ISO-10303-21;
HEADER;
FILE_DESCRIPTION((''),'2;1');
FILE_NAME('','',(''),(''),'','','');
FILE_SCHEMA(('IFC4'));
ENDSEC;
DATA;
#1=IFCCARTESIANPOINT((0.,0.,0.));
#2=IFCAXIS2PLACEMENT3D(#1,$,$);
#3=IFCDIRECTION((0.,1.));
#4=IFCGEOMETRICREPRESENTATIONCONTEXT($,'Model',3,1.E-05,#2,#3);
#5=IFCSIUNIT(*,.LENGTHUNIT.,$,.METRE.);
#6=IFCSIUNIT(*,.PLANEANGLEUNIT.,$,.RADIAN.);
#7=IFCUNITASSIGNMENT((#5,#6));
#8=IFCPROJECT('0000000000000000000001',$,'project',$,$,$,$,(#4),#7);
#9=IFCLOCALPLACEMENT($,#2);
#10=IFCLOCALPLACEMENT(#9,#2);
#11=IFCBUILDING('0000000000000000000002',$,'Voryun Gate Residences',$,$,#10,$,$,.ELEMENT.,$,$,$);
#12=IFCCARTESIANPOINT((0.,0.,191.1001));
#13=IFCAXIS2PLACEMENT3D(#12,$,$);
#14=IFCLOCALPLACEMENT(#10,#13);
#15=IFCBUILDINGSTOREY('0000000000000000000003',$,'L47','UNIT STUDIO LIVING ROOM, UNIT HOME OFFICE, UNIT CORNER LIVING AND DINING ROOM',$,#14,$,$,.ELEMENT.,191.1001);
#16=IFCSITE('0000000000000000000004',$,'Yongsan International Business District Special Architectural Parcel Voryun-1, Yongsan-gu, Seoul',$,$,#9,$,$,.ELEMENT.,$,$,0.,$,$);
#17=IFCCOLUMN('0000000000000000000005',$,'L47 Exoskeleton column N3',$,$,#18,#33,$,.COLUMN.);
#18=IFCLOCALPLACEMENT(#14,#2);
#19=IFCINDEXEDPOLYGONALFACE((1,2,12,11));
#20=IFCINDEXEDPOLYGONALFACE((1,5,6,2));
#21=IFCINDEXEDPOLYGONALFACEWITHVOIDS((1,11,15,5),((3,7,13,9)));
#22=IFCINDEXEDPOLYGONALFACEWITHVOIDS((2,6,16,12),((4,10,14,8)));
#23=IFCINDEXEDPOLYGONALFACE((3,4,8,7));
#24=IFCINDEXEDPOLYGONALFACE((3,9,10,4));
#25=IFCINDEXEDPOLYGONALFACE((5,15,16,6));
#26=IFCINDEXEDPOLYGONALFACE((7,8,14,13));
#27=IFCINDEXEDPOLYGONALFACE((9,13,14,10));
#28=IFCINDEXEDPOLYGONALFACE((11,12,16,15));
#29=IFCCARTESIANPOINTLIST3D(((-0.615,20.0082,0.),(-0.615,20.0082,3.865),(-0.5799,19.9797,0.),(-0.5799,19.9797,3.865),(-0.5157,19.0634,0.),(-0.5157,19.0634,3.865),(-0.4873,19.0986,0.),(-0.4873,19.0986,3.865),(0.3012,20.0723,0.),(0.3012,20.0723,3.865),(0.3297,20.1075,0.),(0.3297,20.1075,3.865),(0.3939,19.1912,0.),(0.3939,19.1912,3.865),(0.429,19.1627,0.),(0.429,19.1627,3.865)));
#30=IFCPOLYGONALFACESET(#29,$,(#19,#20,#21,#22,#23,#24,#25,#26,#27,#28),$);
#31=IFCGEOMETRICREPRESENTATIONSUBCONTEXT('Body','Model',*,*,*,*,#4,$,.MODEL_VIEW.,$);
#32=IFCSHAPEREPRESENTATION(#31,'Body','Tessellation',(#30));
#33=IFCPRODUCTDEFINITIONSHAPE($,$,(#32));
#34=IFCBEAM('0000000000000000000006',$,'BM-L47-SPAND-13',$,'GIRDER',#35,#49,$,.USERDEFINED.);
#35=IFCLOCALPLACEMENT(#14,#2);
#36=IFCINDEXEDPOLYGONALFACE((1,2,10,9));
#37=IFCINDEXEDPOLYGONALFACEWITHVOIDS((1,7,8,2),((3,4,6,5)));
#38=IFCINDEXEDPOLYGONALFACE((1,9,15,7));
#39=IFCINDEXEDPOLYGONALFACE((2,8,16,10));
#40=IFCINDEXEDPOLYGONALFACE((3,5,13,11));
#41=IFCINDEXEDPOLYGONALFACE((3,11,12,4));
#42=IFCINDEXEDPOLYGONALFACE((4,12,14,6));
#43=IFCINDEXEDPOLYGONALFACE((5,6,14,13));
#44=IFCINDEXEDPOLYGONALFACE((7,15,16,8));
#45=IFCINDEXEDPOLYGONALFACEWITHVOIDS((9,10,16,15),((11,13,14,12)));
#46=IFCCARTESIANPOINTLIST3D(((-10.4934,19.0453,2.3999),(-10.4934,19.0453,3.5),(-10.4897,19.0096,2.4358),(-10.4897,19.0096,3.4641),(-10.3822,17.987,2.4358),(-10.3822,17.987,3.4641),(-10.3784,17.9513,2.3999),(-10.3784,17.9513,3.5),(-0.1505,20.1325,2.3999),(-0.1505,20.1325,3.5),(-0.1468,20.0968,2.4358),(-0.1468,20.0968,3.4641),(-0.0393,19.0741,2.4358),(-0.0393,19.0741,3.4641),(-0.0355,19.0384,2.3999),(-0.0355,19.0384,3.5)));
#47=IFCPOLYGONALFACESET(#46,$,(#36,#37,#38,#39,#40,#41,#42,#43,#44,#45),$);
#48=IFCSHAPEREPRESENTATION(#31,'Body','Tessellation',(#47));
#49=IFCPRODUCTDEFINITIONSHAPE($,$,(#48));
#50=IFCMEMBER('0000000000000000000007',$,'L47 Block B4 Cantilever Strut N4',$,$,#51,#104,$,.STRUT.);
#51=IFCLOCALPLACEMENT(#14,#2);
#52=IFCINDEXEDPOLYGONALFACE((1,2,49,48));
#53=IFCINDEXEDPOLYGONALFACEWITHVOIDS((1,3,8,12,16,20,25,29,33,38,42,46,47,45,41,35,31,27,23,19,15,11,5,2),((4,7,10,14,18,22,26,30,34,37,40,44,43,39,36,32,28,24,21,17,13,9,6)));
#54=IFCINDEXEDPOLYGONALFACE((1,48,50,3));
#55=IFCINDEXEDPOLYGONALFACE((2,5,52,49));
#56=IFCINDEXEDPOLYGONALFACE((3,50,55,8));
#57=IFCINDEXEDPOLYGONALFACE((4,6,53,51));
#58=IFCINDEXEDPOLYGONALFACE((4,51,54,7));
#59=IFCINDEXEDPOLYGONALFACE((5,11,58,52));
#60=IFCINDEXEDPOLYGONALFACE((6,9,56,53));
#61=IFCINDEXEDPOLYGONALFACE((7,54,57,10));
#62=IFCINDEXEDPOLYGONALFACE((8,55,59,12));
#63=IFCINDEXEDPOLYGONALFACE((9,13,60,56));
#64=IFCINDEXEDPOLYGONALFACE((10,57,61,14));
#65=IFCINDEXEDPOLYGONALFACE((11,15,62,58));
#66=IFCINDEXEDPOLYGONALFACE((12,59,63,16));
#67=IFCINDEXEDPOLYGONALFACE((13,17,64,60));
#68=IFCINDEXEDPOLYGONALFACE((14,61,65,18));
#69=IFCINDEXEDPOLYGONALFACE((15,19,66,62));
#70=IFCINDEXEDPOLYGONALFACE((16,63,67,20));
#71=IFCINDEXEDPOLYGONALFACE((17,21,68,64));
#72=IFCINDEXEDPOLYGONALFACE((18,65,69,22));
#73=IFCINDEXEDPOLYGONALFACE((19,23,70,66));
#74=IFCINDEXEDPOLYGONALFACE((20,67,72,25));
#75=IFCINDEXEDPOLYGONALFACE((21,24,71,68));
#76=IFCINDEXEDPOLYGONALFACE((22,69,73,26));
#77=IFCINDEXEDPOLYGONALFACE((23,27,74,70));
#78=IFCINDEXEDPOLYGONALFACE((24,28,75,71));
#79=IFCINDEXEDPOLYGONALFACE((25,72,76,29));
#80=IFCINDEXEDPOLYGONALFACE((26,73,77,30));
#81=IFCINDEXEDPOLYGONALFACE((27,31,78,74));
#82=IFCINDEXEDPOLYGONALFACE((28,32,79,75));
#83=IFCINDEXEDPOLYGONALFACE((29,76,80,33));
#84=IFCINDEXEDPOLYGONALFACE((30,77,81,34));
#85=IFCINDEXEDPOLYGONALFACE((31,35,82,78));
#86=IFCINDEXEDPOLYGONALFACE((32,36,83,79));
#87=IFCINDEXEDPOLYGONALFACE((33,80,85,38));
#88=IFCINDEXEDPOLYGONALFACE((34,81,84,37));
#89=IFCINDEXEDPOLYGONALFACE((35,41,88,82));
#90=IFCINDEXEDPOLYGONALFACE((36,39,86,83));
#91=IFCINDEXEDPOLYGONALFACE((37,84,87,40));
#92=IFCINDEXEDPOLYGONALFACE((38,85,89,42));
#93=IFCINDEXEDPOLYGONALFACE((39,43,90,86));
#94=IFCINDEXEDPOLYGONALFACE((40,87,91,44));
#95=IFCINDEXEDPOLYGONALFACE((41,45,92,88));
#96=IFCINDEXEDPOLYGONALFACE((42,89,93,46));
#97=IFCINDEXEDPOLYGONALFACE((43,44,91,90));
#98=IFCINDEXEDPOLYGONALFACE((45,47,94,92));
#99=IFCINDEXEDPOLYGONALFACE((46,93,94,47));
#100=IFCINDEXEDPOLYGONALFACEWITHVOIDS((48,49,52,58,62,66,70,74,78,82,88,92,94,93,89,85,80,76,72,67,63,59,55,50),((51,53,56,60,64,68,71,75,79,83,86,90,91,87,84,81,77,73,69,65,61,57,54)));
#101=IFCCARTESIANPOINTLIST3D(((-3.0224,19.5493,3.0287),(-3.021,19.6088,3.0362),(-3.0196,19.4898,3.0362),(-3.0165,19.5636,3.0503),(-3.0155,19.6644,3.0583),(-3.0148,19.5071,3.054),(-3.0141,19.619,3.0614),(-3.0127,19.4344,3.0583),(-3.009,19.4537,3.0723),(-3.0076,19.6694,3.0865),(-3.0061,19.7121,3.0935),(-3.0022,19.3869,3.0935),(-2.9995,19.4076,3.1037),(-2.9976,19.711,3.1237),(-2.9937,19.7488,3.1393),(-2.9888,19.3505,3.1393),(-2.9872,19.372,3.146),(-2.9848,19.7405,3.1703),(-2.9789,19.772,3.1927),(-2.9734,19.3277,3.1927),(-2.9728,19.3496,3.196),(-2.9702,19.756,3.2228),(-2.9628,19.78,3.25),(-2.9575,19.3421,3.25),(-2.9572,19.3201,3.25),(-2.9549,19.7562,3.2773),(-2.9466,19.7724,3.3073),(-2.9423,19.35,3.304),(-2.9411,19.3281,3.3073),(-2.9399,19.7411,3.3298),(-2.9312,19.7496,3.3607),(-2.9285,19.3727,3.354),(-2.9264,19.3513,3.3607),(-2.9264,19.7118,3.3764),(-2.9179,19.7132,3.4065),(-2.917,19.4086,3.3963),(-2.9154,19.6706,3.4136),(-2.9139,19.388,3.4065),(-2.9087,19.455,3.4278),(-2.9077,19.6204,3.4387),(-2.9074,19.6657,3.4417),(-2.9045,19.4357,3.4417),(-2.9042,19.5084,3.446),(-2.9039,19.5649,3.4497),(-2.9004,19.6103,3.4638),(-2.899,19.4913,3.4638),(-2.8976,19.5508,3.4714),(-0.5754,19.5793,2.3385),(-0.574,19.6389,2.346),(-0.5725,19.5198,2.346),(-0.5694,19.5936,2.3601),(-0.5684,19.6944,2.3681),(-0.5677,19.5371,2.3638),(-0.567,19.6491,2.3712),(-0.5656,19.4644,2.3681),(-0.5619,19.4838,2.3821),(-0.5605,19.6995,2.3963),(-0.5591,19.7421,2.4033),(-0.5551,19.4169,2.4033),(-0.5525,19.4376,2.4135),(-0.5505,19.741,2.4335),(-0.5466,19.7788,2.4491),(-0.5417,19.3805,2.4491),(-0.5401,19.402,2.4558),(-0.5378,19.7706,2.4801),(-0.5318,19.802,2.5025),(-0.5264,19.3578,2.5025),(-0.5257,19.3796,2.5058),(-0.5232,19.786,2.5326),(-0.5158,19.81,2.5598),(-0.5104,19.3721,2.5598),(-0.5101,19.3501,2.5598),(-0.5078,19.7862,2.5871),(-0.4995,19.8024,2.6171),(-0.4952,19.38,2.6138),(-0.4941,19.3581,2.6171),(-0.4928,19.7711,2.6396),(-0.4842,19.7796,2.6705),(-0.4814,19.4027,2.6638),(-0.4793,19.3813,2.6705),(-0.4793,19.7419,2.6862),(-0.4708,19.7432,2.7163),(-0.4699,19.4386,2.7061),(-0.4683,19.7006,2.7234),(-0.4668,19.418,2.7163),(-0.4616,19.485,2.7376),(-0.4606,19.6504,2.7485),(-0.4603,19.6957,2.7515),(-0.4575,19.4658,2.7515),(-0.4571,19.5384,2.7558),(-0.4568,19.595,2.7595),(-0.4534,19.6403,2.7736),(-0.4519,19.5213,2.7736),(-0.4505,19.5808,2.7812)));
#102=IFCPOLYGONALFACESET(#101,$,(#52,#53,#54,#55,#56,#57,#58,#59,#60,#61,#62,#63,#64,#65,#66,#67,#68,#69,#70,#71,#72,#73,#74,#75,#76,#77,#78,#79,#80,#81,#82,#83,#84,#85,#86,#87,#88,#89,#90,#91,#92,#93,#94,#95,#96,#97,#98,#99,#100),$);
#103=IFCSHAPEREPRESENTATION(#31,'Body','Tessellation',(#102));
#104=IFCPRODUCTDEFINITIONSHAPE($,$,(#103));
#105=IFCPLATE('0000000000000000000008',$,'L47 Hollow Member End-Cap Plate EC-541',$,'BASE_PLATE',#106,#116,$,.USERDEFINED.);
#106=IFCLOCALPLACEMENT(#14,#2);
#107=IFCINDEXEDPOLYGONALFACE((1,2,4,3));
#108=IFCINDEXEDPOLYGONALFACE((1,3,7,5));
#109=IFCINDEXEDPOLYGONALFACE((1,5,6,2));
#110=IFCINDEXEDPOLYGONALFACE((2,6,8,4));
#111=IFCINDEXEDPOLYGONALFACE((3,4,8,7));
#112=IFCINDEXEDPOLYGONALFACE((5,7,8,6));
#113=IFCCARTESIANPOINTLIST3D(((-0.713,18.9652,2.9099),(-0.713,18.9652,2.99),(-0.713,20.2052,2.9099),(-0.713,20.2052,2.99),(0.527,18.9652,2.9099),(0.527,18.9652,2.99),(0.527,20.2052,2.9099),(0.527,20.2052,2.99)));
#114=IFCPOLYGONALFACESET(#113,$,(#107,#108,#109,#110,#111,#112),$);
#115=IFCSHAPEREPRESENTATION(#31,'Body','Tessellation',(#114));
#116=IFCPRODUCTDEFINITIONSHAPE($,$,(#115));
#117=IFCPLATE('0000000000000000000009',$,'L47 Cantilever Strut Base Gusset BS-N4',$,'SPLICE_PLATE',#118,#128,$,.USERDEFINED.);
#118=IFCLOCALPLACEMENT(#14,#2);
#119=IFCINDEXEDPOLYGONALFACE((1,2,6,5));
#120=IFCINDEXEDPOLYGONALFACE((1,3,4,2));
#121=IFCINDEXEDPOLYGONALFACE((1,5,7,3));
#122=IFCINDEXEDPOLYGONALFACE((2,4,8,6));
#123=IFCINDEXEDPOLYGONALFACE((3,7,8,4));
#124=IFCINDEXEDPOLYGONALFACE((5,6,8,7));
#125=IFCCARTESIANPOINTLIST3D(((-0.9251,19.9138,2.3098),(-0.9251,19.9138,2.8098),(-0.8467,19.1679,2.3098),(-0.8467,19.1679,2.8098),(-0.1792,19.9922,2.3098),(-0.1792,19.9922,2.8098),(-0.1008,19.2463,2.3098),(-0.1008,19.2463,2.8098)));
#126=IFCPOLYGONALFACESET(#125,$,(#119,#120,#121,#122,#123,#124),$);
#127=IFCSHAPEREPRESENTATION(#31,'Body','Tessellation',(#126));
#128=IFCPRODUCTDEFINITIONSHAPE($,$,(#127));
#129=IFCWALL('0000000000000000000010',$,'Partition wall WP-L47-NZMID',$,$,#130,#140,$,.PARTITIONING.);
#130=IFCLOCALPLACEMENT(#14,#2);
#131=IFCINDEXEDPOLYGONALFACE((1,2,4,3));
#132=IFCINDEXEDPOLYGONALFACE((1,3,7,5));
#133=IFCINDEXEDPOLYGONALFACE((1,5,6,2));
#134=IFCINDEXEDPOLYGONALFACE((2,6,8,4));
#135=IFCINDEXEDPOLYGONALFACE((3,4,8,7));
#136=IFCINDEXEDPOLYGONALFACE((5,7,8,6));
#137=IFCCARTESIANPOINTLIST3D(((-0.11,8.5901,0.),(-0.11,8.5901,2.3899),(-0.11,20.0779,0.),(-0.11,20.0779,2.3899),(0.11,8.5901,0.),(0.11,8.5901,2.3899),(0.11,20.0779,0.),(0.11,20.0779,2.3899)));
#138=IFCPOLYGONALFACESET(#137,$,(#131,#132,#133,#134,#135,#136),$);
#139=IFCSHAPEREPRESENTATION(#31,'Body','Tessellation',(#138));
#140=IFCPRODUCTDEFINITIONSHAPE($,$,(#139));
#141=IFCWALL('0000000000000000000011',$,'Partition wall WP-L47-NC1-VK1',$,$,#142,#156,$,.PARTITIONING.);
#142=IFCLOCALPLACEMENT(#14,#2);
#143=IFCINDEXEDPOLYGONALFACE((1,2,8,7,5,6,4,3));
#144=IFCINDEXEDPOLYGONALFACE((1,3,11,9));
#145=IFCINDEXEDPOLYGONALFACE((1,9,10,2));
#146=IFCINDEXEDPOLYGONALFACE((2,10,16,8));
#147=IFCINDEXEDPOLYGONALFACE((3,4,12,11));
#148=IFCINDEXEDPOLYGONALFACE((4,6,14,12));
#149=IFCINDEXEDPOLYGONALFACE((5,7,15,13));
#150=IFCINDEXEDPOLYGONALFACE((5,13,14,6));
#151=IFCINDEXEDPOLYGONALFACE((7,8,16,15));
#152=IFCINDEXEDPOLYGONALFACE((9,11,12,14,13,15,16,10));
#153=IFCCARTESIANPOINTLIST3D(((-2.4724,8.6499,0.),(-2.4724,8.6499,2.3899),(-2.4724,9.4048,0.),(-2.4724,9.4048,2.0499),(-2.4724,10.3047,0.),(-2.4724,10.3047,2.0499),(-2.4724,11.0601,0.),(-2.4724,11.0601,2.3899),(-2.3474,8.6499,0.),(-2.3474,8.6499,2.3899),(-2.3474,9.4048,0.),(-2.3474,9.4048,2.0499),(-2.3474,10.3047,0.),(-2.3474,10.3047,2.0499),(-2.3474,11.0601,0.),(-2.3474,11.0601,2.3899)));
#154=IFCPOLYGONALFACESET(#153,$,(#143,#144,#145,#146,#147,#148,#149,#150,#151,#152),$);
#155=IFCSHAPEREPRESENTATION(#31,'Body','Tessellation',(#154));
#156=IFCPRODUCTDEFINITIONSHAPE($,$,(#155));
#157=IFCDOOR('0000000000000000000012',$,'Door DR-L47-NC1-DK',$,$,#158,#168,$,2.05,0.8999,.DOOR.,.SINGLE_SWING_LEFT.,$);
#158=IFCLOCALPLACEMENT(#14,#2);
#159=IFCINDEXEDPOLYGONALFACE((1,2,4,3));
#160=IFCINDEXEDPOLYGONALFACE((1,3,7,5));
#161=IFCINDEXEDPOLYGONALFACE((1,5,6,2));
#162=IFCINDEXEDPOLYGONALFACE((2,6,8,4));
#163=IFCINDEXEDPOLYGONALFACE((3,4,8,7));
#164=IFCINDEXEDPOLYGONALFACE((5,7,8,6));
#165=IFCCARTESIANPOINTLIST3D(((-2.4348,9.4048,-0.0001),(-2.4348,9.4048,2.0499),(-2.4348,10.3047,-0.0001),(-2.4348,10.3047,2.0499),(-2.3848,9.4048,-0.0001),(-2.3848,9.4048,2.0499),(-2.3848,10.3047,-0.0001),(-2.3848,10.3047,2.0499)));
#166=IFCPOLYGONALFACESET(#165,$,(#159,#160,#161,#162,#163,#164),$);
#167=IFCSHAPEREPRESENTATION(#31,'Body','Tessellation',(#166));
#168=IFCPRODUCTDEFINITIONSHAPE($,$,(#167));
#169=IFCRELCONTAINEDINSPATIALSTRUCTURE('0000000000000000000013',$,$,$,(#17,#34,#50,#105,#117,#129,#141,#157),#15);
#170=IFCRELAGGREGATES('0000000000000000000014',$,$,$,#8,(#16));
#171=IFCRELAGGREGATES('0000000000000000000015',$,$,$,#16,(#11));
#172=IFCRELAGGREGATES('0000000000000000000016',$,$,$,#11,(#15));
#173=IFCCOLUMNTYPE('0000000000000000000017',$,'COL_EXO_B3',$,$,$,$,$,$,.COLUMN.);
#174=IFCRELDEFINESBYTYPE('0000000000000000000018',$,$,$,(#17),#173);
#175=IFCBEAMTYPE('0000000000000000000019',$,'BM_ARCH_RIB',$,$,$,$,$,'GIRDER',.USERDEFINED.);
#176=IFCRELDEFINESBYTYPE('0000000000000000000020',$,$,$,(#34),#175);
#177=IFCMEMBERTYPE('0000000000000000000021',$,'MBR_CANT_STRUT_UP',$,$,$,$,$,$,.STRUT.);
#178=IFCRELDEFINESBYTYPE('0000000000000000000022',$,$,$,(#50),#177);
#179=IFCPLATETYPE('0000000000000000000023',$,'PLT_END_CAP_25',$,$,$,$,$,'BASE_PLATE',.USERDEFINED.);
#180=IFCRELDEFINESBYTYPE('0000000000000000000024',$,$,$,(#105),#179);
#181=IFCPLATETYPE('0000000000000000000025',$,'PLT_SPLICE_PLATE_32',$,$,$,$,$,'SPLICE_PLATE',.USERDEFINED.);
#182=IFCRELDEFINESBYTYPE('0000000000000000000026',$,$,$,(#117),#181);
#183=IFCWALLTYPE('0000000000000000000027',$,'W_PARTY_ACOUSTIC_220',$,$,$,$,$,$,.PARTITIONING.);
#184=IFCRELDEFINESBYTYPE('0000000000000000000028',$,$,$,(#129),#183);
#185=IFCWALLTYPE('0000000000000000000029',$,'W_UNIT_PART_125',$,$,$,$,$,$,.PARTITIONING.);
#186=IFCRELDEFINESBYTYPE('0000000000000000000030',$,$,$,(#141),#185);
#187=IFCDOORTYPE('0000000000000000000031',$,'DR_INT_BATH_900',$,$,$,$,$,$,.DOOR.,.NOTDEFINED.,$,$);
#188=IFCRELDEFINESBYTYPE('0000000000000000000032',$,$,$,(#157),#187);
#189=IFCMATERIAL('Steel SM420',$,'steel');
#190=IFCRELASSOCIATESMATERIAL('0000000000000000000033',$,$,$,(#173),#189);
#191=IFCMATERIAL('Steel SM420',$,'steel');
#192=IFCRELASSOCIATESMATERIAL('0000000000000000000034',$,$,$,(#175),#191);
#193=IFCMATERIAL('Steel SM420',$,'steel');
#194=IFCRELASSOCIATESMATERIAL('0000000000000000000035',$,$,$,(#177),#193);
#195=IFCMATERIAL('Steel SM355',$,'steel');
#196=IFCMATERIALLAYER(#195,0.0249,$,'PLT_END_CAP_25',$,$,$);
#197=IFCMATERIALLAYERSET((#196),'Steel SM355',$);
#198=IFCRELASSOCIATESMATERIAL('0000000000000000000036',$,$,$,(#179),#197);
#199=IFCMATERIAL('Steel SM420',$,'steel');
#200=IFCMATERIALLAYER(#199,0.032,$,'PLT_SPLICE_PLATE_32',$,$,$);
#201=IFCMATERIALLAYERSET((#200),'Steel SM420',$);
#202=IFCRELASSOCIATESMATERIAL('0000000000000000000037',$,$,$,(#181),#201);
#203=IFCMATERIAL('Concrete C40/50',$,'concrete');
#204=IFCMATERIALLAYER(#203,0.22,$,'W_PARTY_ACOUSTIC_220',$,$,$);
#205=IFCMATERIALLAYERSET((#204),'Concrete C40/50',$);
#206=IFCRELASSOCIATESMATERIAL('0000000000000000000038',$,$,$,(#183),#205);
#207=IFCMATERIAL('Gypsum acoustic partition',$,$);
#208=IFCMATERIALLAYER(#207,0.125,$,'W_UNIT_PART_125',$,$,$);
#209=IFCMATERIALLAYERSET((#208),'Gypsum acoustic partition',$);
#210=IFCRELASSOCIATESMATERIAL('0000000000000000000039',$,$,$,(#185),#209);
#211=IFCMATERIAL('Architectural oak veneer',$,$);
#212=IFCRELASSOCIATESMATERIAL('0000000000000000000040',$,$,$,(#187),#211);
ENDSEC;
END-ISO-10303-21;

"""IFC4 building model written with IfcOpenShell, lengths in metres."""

from ifc_helpers import new_model, si_unit, direction, frame, frame_2d, origin, origin_2d, place, context, subcontext, project, spatial, rectangle, hollow_rectangle, hollow_circle, extrude, material, layer, layer_set, material_profile, profile_set, type_object, element, fill, save


model = new_model("IFC4")

# Units and contexts
model_context = context("Model", 3, precision=1e-05, world=origin(), true_north=direction((0.0, 1.0)))
body_context = subcontext(model_context, "Body", "Model", "MODEL_VIEW")
ifc_project = project(units=[si_unit("LENGTHUNIT", "METRE"), si_unit("PLANEANGLEUNIT", "RADIAN")], contexts=[model_context])

# Site, building, storey
site_placement = place(None, origin())
site = spatial("IfcSite", under=ifc_project, at=site_placement, Name="Yongsan International Business District Special Architectural Parcel Voryun-1, Yongsan-gu, Seoul", CompositionType="ELEMENT", RefElevation=0.0)
building_placement = place(site_placement, origin())
building = spatial("IfcBuilding", under=site, at=building_placement, Name="Voryun Gate Residences", CompositionType="ELEMENT")
storey_placement = place(building_placement, frame((0.0, 0.0, 191.1001)))
storey = spatial("IfcBuildingStorey", under=building, at=storey_placement, Name="L47", Description="UNIT STUDIO LIVING ROOM, UNIT HOME OFFICE, UNIT CORNER LIVING AND DINING ROOM", CompositionType="ELEMENT", Elevation=191.1001)

# Column
ifc_material_1 = material(Name="Steel SM420", Category="steel")
ifc_material_profile_1 = material_profile(ifc_material_1, hollow_rectangle(XDim=0.95, YDim=0.95, WallThickness=0.032, at=origin_2d()), Name="BOX-950x950x32")
ifc_profile_set_1 = profile_set([ifc_material_profile_1], Name="Steel SM420")
column_type = type_object("IfcColumnType", Name="COL_EXO_B3", PredefinedType="COLUMN", material=ifc_profile_set_1)
column_placement = place(storey_placement, frame((-0.093, 19.5854, 0.0), z_axis=(0.0, 0.0, 1.0), x_axis=(0.994522, 0.104528, 0.0)))
element("IfcColumn", 1, at=column_placement, inside=storey, type_object=column_type, Name="L47 Exoskeleton column N3", PredefinedType="COLUMN", context=body_context, shape_type="SweptSolid", body=[
    extrude(hollow_rectangle(XDim=0.95, YDim=0.95, WallThickness=0.032, at=origin_2d()), origin(), (0.0, 0.0, 1.0), 3.865),
])

# Beam
ifc_material_2 = material(Name="Steel SM420", Category="steel")
ifc_material_profile_2 = material_profile(ifc_material_2, hollow_rectangle(XDim=1.1001, YDim=1.1001, WallThickness=0.0359, at=origin_2d()), Name="BOX-1100x1100x36")
ifc_profile_set_2 = profile_set([ifc_material_profile_2], Name="Steel SM420")
beam_type = type_object("IfcBeamType", Name="BM_ARCH_RIB", ElementType="GIRDER", PredefinedType="USERDEFINED", material=ifc_profile_set_2)
beam_placement = place(storey_placement, frame((-0.093, 19.5854, 2.95), z_axis=(-0.994521, -0.104534, 0.0), x_axis=(0.104534, -0.994521, 0.0)))
element("IfcBeam", 2, at=beam_placement, inside=storey, type_object=beam_type, Name="BM-L47-SPAND-13", ObjectType="GIRDER", PredefinedType="USERDEFINED", context=body_context, shape_type="SweptSolid", body=[
    extrude(hollow_rectangle(XDim=1.1001, YDim=1.1001, WallThickness=0.0359, at=origin_2d()), origin(), (0.0, 0.0, 1.0), 10.3999),
])

# Member
ifc_material_3 = material(Name="Steel SM420", Category="steel")
ifc_material_profile_3 = material_profile(ifc_material_3, hollow_circle(Radius=0.23, WallThickness=0.022, at=origin_2d()), Name="CHS-460x22")
ifc_profile_set_3 = profile_set([ifc_material_profile_3], Name="Steel SM420")
member_type = type_object("IfcMemberType", Name="MBR_CANT_STRUT_UP", PredefinedType="STRUT", material=ifc_profile_set_3)
member_placement = place(storey_placement, frame((-0.5129, 19.5801, 2.5598), z_axis=(-0.962383, -0.01181, 0.271441), x_axis=(0.012271, -0.999925, 0.0)))
element("IfcMember", 3, at=member_placement, inside=storey, type_object=member_type, Name="L47 Block B4 Cantilever Strut N4", PredefinedType="STRUT", context=body_context, shape_type="SweptSolid", body=[
    extrude(hollow_circle(Radius=0.23, WallThickness=0.022, at=origin_2d()), origin(), (0.0, 0.0, 1.0), 2.5427),
])

# Plates
ifc_material_4 = material(Name="Steel SM355", Category="steel")
ifc_layer_1 = layer(ifc_material_4, 0.0249, Name="PLT_END_CAP_25")
ifc_layer_set_1 = layer_set([ifc_layer_1], Name="Steel SM355")
plate_type_1 = type_object("IfcPlateType", Name="PLT_END_CAP_25", ElementType="BASE_PLATE", PredefinedType="USERDEFINED", material=ifc_layer_set_1)
plate_1_placement = place(storey_placement, frame((-0.093, 19.5852, 2.9099), z_axis=(0.0, 0.0, 1.0), x_axis=(1.0, 0.0, 0.0)))
element("IfcPlate", 4, at=plate_1_placement, inside=storey, type_object=plate_type_1, Name="L47 Hollow Member End-Cap Plate EC-541", ObjectType="BASE_PLATE", PredefinedType="USERDEFINED", context=body_context, shape_type="SweptSolid", body=[
    extrude(rectangle(XDim=1.24, YDim=1.24, at=origin_2d()), origin(), (0.0, 0.0, 1.0), 0.0801),
])
ifc_material_5 = material(Name="Steel SM420", Category="steel")
ifc_layer_2 = layer(ifc_material_5, 0.032, Name="PLT_SPLICE_PLATE_32")
ifc_layer_set_2 = layer_set([ifc_layer_2], Name="Steel SM420")
plate_type_2 = type_object("IfcPlateType", Name="PLT_SPLICE_PLATE_32", ElementType="SPLICE_PLATE", PredefinedType="USERDEFINED", material=ifc_layer_set_2)
plate_2_placement = place(storey_placement, frame((-0.5129, 19.5801, 2.3098), z_axis=(0.0, 0.0, 1.0), x_axis=(0.994522, 0.104528, 0.0)))
element("IfcPlate", 5, at=plate_2_placement, inside=storey, type_object=plate_type_2, Name="L47 Cantilever Strut Base Gusset BS-N4", ObjectType="SPLICE_PLATE", PredefinedType="USERDEFINED", context=body_context, shape_type="SweptSolid", body=[
    extrude(rectangle(XDim=0.75, YDim=0.75, at=origin_2d()), origin(), (0.0, 0.0, 1.0), 0.5),
])

# Wall
ifc_material_6 = material(Name="Concrete C40/50", Category="concrete")
ifc_layer_3 = layer(ifc_material_6, 0.22, Name="W_PARTY_ACOUSTIC_220")
ifc_layer_set_3 = layer_set([ifc_layer_3], Name="Concrete C40/50")
wall_type_1 = type_object("IfcWallType", Name="W_PARTY_ACOUSTIC_220", PredefinedType="PARTITIONING", material=ifc_layer_set_3)
wall_1_placement = place(storey_placement, frame((0.0, 8.5901, 0.0), z_axis=(0.0, 0.0, 1.0), x_axis=(0.0, 1.0, 0.0)))
element("IfcWall", 6, at=wall_1_placement, inside=storey, type_object=wall_type_1, Name="Partition wall WP-L47-NZMID", PredefinedType="PARTITIONING", context=body_context, shape_type="SweptSolid", body=[
    extrude(rectangle(XDim=11.4878, YDim=0.22, at=frame_2d((5.7439, 0.0))), origin(), (0.0, 0.0, 1.0), 2.3899),
])

# Wall, opening, door
ifc_material_7 = material(Name="Gypsum acoustic partition")
ifc_layer_4 = layer(ifc_material_7, 0.125, Name="W_UNIT_PART_125")
ifc_layer_set_4 = layer_set([ifc_layer_4], Name="Gypsum acoustic partition")
wall_type_2 = type_object("IfcWallType", Name="W_UNIT_PART_125", PredefinedType="PARTITIONING", material=ifc_layer_set_4)
wall_2_placement = place(storey_placement, frame((-2.4099, 8.6499, 0.0), z_axis=(0.0, 0.0, 1.0), x_axis=(0.0, 1.0, 0.0)))
wall_2 = element("IfcWall", 7, at=wall_2_placement, inside=storey, type_object=wall_type_2, Name="Partition wall WP-L47-NC1-VK1", PredefinedType="PARTITIONING", context=body_context, shape_type="SweptSolid", body=[
    extrude(rectangle(XDim=2.4102, YDim=0.125, at=frame_2d((1.2051, 0.0))), origin(), (0.0, 0.0, 1.0), 2.3899),
])
opening_1_placement = place(wall_2_placement, frame((0.7549, 0.0, 0.0)))
opening_1 = element("IfcOpeningElement", 8, at=opening_1_placement, cuts=wall_2, PredefinedType="OPENING", context=body_context, shape_type="SweptSolid", body=[
    extrude(rectangle(XDim=0.8999, YDim=2.05, at=frame_2d((0.45, 1.0249))), frame((0.0, 0.0725, 0.0), z_axis=(0.0, -1.0, 0.0), x_axis=(1.0, 0.0, 0.0)), (0.0, 0.0, 1.0), 0.145),
])
ifc_material_8 = material(Name="Architectural oak veneer")
door_type = type_object("IfcDoorType", Name="DR_INT_BATH_900", OperationType="NOTDEFINED", PredefinedType="DOOR", material=ifc_material_8)
door_1_placement = place(opening_1_placement, origin())
door_1 = element("IfcDoor", 9, at=door_1_placement, inside=storey, type_object=door_type, Name="Door DR-L47-NC1-DK", OperationType="SINGLE_SWING_LEFT", OverallHeight=2.05, OverallWidth=0.8999, PredefinedType="DOOR", context=body_context, shape_type="SweptSolid", body=[
    extrude(rectangle(XDim=0.8999, YDim=2.05, at=frame_2d((0.45, 1.0249))), frame((0.0, 0.0249, 0.0), z_axis=(0.0, -1.0, 0.0), x_axis=(1.0, 0.0, 0.0)), (0.0, 0.0, 1.0), 0.05),
])
fill(opening_1, door_1)

save(model, "model.ifc")
